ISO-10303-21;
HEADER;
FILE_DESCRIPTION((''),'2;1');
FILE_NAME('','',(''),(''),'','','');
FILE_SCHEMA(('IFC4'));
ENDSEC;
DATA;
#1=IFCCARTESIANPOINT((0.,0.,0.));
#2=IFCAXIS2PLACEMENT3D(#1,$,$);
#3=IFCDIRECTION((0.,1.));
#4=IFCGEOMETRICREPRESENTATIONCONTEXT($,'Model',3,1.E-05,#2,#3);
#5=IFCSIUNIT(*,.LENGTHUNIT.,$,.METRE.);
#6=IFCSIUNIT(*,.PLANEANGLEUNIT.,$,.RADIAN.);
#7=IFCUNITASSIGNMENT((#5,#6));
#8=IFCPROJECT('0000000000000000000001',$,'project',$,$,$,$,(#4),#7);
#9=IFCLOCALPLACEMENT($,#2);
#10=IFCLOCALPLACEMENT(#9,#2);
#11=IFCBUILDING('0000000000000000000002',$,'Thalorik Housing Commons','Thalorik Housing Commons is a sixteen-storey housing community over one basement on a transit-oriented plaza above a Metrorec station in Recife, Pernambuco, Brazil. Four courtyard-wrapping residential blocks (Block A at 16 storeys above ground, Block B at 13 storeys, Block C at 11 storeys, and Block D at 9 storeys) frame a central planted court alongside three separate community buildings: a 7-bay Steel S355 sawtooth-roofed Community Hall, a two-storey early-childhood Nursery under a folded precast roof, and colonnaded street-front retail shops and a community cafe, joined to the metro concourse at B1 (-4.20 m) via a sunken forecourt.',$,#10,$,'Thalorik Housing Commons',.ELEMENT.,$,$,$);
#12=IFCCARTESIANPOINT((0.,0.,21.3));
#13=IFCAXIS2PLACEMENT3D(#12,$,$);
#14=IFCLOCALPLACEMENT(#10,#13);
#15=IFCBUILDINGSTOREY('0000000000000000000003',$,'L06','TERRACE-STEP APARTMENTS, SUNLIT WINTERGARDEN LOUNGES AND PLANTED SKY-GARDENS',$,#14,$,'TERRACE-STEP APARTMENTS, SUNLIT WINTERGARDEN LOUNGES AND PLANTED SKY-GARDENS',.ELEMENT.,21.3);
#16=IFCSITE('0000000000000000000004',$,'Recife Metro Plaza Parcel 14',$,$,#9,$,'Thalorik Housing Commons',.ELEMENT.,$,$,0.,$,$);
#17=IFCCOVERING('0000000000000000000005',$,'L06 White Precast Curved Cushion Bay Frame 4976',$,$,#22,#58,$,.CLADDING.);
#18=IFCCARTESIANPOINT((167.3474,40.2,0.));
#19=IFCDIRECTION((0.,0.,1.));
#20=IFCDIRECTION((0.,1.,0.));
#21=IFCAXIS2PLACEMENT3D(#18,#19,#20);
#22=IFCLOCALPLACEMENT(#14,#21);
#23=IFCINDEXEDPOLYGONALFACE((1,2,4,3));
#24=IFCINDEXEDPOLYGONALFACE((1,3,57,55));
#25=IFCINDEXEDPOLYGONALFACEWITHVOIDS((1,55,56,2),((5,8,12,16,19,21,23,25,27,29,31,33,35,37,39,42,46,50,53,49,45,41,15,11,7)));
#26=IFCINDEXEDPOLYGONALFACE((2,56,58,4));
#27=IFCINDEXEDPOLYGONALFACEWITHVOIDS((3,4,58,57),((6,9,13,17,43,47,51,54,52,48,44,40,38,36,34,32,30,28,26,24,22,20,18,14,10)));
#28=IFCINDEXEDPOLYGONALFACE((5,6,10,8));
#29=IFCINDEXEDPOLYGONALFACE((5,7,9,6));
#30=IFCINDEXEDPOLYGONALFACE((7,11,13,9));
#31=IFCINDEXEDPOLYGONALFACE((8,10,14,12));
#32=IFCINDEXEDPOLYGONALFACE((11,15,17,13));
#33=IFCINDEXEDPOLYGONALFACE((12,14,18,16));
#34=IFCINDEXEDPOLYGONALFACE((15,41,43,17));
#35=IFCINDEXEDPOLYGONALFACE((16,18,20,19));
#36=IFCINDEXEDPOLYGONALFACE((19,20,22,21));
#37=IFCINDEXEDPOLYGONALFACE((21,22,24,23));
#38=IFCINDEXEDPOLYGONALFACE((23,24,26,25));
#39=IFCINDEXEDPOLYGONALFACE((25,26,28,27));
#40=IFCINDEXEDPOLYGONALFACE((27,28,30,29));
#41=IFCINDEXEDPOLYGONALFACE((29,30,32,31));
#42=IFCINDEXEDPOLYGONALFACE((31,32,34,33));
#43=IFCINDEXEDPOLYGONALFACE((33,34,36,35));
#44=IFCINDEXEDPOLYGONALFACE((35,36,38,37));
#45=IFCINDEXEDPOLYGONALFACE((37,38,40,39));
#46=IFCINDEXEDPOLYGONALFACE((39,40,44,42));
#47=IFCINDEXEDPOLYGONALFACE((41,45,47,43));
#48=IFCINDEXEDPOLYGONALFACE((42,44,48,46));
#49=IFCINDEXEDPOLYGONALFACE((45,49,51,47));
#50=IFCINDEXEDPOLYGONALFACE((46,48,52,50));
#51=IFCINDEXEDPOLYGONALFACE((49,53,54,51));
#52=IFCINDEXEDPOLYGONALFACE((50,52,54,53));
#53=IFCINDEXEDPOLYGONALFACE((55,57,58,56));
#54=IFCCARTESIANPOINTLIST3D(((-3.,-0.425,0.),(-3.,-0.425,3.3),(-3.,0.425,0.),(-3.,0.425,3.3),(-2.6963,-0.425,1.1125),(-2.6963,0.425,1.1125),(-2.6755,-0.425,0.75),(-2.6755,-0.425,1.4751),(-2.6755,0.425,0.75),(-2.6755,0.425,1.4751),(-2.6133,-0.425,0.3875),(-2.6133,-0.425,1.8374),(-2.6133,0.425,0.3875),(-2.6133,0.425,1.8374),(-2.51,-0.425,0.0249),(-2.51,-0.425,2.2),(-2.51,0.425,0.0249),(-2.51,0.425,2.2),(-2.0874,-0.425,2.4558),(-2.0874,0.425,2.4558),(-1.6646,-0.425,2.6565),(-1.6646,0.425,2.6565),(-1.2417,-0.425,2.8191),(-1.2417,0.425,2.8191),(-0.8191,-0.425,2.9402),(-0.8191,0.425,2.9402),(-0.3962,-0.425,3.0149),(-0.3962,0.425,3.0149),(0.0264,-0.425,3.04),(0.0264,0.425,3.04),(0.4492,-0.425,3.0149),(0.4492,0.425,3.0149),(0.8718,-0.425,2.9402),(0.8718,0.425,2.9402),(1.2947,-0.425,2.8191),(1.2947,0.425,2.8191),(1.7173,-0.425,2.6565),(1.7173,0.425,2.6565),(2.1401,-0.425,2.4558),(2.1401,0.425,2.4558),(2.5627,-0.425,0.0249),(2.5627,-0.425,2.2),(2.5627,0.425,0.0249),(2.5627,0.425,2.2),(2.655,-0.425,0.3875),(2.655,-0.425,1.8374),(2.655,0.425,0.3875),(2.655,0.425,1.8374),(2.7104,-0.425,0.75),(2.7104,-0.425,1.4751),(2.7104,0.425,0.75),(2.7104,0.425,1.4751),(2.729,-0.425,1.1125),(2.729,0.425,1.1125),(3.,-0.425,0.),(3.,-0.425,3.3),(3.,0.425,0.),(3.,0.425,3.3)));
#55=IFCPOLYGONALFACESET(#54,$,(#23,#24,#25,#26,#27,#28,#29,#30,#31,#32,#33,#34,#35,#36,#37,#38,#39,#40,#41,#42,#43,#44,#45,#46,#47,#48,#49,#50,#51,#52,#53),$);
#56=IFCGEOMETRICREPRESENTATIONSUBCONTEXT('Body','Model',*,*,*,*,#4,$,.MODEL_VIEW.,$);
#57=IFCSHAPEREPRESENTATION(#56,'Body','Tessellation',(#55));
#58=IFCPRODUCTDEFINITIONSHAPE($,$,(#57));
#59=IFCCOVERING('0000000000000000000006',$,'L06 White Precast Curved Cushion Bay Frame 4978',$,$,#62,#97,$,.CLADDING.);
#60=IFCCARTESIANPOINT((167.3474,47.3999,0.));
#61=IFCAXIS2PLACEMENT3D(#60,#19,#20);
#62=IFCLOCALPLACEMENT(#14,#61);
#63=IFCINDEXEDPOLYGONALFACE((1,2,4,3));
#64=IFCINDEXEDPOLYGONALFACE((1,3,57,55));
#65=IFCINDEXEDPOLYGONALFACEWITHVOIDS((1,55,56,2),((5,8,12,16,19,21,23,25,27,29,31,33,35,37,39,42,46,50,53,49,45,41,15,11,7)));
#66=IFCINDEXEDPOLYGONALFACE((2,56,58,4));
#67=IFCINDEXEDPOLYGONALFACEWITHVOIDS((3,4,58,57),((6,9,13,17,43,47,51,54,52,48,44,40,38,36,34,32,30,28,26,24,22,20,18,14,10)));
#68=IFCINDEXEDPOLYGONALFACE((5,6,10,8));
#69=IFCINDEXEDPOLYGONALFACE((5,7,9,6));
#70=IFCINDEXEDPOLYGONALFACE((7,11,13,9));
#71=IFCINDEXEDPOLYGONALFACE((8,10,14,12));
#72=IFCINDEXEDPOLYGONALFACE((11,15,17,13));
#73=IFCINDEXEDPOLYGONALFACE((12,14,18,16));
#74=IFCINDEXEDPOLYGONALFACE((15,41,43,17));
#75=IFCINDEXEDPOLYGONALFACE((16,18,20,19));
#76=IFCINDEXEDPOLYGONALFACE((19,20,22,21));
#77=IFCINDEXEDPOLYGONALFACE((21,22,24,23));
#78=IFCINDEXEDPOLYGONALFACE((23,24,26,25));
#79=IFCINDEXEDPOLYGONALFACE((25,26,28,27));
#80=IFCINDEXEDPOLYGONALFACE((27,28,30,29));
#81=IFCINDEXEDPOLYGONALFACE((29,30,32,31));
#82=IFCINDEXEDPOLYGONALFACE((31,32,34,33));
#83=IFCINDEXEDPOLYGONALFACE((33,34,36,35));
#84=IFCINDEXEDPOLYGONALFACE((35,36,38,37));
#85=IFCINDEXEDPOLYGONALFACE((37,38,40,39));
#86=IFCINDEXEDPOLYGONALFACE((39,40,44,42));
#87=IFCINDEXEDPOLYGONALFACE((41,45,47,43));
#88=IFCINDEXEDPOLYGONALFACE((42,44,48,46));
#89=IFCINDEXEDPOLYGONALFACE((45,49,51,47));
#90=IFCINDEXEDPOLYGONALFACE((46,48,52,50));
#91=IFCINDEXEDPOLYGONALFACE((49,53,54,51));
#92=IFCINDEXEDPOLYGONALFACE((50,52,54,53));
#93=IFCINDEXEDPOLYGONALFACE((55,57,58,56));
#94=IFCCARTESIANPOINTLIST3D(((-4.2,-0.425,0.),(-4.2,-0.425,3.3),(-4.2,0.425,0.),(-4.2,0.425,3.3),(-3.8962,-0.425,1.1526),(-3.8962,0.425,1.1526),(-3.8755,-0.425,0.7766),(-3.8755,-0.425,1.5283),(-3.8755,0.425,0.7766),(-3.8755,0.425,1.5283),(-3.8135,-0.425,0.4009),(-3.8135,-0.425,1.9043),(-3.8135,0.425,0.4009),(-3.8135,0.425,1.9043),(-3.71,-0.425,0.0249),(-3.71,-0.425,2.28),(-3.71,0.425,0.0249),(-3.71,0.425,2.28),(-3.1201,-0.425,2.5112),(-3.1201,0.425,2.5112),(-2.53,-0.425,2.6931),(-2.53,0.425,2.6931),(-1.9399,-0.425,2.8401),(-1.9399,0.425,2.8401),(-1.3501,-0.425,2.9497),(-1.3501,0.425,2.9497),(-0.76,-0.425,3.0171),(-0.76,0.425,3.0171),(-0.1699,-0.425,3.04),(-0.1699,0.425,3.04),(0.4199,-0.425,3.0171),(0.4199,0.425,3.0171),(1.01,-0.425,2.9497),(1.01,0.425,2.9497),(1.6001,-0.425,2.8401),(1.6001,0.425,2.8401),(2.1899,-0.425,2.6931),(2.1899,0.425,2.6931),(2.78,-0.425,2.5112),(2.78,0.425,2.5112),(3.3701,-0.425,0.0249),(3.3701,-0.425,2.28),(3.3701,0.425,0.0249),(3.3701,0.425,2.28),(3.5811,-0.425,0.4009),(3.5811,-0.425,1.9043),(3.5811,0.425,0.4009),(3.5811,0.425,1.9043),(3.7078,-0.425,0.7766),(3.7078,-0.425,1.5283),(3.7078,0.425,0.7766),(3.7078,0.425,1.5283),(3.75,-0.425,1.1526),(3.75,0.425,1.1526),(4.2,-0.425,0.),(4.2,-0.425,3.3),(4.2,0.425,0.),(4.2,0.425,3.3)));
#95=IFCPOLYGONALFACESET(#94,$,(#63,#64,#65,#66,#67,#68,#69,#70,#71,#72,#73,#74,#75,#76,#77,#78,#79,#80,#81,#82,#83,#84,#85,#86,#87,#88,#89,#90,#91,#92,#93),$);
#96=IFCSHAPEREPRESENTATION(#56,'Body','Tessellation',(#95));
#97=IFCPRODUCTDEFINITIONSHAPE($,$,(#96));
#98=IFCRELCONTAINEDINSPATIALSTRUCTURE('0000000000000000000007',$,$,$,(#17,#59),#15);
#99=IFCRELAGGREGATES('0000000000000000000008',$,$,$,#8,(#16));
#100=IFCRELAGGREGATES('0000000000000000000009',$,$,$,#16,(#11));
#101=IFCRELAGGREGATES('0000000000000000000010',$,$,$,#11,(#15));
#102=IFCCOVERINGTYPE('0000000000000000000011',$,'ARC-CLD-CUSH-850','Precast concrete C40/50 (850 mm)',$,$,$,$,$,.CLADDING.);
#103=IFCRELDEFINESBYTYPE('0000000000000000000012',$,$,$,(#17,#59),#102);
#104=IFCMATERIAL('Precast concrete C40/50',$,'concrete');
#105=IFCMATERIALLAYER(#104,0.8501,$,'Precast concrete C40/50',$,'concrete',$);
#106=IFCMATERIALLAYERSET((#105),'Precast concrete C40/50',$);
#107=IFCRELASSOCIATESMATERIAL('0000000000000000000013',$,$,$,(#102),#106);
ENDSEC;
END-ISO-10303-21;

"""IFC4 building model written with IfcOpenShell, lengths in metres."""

from ifc_helpers import new_model, si_unit, direction, frame, origin, place, context, subcontext, project, spatial, polyline, outline, extrude, material, layer, layer_set, type_object, element, save


model = new_model("IFC4")

# Units and contexts
model_context = context("Model", 3, precision=1e-05, world=origin(), true_north=direction((0.0, 1.0)))
body_context = subcontext(model_context, "Body", "Model", "MODEL_VIEW")
ifc_project = project(units=[si_unit("LENGTHUNIT", "METRE"), si_unit("PLANEANGLEUNIT", "RADIAN")], contexts=[model_context])

# Site, building, storey
site_placement = place(None, origin())
site = spatial("IfcSite", under=ifc_project, at=site_placement, Name="Recife Metro Plaza Parcel 14", LongName="Thalorik Housing Commons", CompositionType="ELEMENT", RefElevation=0.0)
building_placement = place(site_placement, origin())
building = spatial("IfcBuilding", under=site, at=building_placement, Name="Thalorik Housing Commons", Description="Thalorik Housing Commons is a sixteen-storey housing community over one basement on a transit-oriented plaza above a Metrorec station in Recife, Pernambuco, Brazil. Four courtyard-wrapping residential blocks (Block A at 16 storeys above ground, Block B at 13 storeys, Block C at 11 storeys, and Block D at 9 storeys) frame a central planted court alongside three separate community buildings: a 7-bay Steel S355 sawtooth-roofed Community Hall, a two-storey early-childhood Nursery under a folded precast roof, and colonnaded street-front retail shops and a community cafe, joined to the metro concourse at B1 (-4.20 m) via a sunken forecourt.", LongName="Thalorik Housing Commons", CompositionType="ELEMENT")
storey_placement = place(building_placement, frame((0.0, 0.0, 21.3)))
storey = spatial("IfcBuildingStorey", under=building, at=storey_placement, Name="L06", Description="TERRACE-STEP APARTMENTS, SUNLIT WINTERGARDEN LOUNGES AND PLANTED SKY-GARDENS", LongName="TERRACE-STEP APARTMENTS, SUNLIT WINTERGARDEN LOUNGES AND PLANTED SKY-GARDENS", CompositionType="ELEMENT", Elevation=21.3)

# Shared definitions
ifc_material_1 = material(Name="Precast concrete C40/50", Category="concrete")

# Coverings
ifc_layer_1 = layer(ifc_material_1, 0.8501, Name="Precast concrete C40/50", Category="concrete")
ifc_layer_set_1 = layer_set([ifc_layer_1], Name="Precast concrete C40/50")
covering_type_1 = type_object("IfcCoveringType", Name="ARC-CLD-CUSH-850", Description="Precast concrete C40/50 (850 mm)", PredefinedType="CLADDING", material=ifc_layer_set_1)
covering_1_placement = place(storey_placement, frame((167.3474, 40.2, 0.0), z_axis=(0.0, 0.0, 1.0), x_axis=(0.0, 1.0, 0.0)))
element("IfcCovering", 1, at=covering_1_placement, inside=storey, type_object=covering_type_1, Name="L06 White Precast Curved Cushion Bay Frame 4976", PredefinedType="CLADDING", context=body_context, shape_type="SweptSolid", body=[
    extrude(outline(polyline([(-3.0, 0.0), (3.0, 0.0), (3.0, 3.3), (-3.0, 3.3), (-3.0, 0.0)]), holes=[polyline([(2.5627, 0.0249), (2.655, 0.3875), (2.7104, 0.75), (2.729, 1.1125), (2.7104, 1.4751), (2.655, 1.8374), (2.5627, 2.2), (2.1401, 2.4558), (1.7173, 2.6565), (1.2947, 2.8191), (0.8718, 2.9402), (0.4492, 3.0149), (0.0264, 3.04), (-0.3962, 3.0149), (-0.8191, 2.9402), (-1.2417, 2.8191), (-1.6646, 2.6565), (-2.0874, 2.4558), (-2.51, 2.2), (-2.6133, 1.8374), (-2.6755, 1.4751), (-2.6963, 1.1125), (-2.6755, 0.75), (-2.6133, 0.3875), (-2.51, 0.0249), (2.5627, 0.0249)])]), frame((0.0, 0.425, 0.0), z_axis=(0.0, -1.0, 0.0), x_axis=(1.0, 0.0, 0.0)), (0.0, 0.0, 1.0), 0.8501),
])
covering_2_placement = place(storey_placement, frame((167.3474, 47.3999, 0.0), z_axis=(0.0, 0.0, 1.0), x_axis=(0.0, 1.0, 0.0)))
element("IfcCovering", 2, at=covering_2_placement, inside=storey, type_object=covering_type_1, Name="L06 White Precast Curved Cushion Bay Frame 4978", PredefinedType="CLADDING", context=body_context, shape_type="SweptSolid", body=[
    extrude(outline(polyline([(-4.2, 0.0), (4.2, 0.0), (4.2, 3.3), (-4.2, 3.3), (-4.2, 0.0)]), holes=[polyline([(3.3701, 0.0249), (3.5811, 0.4009), (3.7078, 0.7766), (3.75, 1.1526), (3.7078, 1.5283), (3.5811, 1.9043), (3.3701, 2.28), (2.78, 2.5112), (2.1899, 2.6931), (1.6001, 2.8401), (1.01, 2.9497), (0.4199, 3.0171), (-0.1699, 3.04), (-0.76, 3.0171), (-1.3501, 2.9497), (-1.9399, 2.8401), (-2.53, 2.6931), (-3.1201, 2.5112), (-3.71, 2.28), (-3.8135, 1.9043), (-3.8755, 1.5283), (-3.8962, 1.1526), (-3.8755, 0.7766), (-3.8135, 0.4009), (-3.71, 0.0249), (3.3701, 0.0249)])]), frame((0.0, 0.425, 0.0), z_axis=(0.0, -1.0, 0.0), x_axis=(1.0, 0.0, 0.0)), (0.0, 0.0, 1.0), 0.8501),
])

save(model, "model.ifc")
